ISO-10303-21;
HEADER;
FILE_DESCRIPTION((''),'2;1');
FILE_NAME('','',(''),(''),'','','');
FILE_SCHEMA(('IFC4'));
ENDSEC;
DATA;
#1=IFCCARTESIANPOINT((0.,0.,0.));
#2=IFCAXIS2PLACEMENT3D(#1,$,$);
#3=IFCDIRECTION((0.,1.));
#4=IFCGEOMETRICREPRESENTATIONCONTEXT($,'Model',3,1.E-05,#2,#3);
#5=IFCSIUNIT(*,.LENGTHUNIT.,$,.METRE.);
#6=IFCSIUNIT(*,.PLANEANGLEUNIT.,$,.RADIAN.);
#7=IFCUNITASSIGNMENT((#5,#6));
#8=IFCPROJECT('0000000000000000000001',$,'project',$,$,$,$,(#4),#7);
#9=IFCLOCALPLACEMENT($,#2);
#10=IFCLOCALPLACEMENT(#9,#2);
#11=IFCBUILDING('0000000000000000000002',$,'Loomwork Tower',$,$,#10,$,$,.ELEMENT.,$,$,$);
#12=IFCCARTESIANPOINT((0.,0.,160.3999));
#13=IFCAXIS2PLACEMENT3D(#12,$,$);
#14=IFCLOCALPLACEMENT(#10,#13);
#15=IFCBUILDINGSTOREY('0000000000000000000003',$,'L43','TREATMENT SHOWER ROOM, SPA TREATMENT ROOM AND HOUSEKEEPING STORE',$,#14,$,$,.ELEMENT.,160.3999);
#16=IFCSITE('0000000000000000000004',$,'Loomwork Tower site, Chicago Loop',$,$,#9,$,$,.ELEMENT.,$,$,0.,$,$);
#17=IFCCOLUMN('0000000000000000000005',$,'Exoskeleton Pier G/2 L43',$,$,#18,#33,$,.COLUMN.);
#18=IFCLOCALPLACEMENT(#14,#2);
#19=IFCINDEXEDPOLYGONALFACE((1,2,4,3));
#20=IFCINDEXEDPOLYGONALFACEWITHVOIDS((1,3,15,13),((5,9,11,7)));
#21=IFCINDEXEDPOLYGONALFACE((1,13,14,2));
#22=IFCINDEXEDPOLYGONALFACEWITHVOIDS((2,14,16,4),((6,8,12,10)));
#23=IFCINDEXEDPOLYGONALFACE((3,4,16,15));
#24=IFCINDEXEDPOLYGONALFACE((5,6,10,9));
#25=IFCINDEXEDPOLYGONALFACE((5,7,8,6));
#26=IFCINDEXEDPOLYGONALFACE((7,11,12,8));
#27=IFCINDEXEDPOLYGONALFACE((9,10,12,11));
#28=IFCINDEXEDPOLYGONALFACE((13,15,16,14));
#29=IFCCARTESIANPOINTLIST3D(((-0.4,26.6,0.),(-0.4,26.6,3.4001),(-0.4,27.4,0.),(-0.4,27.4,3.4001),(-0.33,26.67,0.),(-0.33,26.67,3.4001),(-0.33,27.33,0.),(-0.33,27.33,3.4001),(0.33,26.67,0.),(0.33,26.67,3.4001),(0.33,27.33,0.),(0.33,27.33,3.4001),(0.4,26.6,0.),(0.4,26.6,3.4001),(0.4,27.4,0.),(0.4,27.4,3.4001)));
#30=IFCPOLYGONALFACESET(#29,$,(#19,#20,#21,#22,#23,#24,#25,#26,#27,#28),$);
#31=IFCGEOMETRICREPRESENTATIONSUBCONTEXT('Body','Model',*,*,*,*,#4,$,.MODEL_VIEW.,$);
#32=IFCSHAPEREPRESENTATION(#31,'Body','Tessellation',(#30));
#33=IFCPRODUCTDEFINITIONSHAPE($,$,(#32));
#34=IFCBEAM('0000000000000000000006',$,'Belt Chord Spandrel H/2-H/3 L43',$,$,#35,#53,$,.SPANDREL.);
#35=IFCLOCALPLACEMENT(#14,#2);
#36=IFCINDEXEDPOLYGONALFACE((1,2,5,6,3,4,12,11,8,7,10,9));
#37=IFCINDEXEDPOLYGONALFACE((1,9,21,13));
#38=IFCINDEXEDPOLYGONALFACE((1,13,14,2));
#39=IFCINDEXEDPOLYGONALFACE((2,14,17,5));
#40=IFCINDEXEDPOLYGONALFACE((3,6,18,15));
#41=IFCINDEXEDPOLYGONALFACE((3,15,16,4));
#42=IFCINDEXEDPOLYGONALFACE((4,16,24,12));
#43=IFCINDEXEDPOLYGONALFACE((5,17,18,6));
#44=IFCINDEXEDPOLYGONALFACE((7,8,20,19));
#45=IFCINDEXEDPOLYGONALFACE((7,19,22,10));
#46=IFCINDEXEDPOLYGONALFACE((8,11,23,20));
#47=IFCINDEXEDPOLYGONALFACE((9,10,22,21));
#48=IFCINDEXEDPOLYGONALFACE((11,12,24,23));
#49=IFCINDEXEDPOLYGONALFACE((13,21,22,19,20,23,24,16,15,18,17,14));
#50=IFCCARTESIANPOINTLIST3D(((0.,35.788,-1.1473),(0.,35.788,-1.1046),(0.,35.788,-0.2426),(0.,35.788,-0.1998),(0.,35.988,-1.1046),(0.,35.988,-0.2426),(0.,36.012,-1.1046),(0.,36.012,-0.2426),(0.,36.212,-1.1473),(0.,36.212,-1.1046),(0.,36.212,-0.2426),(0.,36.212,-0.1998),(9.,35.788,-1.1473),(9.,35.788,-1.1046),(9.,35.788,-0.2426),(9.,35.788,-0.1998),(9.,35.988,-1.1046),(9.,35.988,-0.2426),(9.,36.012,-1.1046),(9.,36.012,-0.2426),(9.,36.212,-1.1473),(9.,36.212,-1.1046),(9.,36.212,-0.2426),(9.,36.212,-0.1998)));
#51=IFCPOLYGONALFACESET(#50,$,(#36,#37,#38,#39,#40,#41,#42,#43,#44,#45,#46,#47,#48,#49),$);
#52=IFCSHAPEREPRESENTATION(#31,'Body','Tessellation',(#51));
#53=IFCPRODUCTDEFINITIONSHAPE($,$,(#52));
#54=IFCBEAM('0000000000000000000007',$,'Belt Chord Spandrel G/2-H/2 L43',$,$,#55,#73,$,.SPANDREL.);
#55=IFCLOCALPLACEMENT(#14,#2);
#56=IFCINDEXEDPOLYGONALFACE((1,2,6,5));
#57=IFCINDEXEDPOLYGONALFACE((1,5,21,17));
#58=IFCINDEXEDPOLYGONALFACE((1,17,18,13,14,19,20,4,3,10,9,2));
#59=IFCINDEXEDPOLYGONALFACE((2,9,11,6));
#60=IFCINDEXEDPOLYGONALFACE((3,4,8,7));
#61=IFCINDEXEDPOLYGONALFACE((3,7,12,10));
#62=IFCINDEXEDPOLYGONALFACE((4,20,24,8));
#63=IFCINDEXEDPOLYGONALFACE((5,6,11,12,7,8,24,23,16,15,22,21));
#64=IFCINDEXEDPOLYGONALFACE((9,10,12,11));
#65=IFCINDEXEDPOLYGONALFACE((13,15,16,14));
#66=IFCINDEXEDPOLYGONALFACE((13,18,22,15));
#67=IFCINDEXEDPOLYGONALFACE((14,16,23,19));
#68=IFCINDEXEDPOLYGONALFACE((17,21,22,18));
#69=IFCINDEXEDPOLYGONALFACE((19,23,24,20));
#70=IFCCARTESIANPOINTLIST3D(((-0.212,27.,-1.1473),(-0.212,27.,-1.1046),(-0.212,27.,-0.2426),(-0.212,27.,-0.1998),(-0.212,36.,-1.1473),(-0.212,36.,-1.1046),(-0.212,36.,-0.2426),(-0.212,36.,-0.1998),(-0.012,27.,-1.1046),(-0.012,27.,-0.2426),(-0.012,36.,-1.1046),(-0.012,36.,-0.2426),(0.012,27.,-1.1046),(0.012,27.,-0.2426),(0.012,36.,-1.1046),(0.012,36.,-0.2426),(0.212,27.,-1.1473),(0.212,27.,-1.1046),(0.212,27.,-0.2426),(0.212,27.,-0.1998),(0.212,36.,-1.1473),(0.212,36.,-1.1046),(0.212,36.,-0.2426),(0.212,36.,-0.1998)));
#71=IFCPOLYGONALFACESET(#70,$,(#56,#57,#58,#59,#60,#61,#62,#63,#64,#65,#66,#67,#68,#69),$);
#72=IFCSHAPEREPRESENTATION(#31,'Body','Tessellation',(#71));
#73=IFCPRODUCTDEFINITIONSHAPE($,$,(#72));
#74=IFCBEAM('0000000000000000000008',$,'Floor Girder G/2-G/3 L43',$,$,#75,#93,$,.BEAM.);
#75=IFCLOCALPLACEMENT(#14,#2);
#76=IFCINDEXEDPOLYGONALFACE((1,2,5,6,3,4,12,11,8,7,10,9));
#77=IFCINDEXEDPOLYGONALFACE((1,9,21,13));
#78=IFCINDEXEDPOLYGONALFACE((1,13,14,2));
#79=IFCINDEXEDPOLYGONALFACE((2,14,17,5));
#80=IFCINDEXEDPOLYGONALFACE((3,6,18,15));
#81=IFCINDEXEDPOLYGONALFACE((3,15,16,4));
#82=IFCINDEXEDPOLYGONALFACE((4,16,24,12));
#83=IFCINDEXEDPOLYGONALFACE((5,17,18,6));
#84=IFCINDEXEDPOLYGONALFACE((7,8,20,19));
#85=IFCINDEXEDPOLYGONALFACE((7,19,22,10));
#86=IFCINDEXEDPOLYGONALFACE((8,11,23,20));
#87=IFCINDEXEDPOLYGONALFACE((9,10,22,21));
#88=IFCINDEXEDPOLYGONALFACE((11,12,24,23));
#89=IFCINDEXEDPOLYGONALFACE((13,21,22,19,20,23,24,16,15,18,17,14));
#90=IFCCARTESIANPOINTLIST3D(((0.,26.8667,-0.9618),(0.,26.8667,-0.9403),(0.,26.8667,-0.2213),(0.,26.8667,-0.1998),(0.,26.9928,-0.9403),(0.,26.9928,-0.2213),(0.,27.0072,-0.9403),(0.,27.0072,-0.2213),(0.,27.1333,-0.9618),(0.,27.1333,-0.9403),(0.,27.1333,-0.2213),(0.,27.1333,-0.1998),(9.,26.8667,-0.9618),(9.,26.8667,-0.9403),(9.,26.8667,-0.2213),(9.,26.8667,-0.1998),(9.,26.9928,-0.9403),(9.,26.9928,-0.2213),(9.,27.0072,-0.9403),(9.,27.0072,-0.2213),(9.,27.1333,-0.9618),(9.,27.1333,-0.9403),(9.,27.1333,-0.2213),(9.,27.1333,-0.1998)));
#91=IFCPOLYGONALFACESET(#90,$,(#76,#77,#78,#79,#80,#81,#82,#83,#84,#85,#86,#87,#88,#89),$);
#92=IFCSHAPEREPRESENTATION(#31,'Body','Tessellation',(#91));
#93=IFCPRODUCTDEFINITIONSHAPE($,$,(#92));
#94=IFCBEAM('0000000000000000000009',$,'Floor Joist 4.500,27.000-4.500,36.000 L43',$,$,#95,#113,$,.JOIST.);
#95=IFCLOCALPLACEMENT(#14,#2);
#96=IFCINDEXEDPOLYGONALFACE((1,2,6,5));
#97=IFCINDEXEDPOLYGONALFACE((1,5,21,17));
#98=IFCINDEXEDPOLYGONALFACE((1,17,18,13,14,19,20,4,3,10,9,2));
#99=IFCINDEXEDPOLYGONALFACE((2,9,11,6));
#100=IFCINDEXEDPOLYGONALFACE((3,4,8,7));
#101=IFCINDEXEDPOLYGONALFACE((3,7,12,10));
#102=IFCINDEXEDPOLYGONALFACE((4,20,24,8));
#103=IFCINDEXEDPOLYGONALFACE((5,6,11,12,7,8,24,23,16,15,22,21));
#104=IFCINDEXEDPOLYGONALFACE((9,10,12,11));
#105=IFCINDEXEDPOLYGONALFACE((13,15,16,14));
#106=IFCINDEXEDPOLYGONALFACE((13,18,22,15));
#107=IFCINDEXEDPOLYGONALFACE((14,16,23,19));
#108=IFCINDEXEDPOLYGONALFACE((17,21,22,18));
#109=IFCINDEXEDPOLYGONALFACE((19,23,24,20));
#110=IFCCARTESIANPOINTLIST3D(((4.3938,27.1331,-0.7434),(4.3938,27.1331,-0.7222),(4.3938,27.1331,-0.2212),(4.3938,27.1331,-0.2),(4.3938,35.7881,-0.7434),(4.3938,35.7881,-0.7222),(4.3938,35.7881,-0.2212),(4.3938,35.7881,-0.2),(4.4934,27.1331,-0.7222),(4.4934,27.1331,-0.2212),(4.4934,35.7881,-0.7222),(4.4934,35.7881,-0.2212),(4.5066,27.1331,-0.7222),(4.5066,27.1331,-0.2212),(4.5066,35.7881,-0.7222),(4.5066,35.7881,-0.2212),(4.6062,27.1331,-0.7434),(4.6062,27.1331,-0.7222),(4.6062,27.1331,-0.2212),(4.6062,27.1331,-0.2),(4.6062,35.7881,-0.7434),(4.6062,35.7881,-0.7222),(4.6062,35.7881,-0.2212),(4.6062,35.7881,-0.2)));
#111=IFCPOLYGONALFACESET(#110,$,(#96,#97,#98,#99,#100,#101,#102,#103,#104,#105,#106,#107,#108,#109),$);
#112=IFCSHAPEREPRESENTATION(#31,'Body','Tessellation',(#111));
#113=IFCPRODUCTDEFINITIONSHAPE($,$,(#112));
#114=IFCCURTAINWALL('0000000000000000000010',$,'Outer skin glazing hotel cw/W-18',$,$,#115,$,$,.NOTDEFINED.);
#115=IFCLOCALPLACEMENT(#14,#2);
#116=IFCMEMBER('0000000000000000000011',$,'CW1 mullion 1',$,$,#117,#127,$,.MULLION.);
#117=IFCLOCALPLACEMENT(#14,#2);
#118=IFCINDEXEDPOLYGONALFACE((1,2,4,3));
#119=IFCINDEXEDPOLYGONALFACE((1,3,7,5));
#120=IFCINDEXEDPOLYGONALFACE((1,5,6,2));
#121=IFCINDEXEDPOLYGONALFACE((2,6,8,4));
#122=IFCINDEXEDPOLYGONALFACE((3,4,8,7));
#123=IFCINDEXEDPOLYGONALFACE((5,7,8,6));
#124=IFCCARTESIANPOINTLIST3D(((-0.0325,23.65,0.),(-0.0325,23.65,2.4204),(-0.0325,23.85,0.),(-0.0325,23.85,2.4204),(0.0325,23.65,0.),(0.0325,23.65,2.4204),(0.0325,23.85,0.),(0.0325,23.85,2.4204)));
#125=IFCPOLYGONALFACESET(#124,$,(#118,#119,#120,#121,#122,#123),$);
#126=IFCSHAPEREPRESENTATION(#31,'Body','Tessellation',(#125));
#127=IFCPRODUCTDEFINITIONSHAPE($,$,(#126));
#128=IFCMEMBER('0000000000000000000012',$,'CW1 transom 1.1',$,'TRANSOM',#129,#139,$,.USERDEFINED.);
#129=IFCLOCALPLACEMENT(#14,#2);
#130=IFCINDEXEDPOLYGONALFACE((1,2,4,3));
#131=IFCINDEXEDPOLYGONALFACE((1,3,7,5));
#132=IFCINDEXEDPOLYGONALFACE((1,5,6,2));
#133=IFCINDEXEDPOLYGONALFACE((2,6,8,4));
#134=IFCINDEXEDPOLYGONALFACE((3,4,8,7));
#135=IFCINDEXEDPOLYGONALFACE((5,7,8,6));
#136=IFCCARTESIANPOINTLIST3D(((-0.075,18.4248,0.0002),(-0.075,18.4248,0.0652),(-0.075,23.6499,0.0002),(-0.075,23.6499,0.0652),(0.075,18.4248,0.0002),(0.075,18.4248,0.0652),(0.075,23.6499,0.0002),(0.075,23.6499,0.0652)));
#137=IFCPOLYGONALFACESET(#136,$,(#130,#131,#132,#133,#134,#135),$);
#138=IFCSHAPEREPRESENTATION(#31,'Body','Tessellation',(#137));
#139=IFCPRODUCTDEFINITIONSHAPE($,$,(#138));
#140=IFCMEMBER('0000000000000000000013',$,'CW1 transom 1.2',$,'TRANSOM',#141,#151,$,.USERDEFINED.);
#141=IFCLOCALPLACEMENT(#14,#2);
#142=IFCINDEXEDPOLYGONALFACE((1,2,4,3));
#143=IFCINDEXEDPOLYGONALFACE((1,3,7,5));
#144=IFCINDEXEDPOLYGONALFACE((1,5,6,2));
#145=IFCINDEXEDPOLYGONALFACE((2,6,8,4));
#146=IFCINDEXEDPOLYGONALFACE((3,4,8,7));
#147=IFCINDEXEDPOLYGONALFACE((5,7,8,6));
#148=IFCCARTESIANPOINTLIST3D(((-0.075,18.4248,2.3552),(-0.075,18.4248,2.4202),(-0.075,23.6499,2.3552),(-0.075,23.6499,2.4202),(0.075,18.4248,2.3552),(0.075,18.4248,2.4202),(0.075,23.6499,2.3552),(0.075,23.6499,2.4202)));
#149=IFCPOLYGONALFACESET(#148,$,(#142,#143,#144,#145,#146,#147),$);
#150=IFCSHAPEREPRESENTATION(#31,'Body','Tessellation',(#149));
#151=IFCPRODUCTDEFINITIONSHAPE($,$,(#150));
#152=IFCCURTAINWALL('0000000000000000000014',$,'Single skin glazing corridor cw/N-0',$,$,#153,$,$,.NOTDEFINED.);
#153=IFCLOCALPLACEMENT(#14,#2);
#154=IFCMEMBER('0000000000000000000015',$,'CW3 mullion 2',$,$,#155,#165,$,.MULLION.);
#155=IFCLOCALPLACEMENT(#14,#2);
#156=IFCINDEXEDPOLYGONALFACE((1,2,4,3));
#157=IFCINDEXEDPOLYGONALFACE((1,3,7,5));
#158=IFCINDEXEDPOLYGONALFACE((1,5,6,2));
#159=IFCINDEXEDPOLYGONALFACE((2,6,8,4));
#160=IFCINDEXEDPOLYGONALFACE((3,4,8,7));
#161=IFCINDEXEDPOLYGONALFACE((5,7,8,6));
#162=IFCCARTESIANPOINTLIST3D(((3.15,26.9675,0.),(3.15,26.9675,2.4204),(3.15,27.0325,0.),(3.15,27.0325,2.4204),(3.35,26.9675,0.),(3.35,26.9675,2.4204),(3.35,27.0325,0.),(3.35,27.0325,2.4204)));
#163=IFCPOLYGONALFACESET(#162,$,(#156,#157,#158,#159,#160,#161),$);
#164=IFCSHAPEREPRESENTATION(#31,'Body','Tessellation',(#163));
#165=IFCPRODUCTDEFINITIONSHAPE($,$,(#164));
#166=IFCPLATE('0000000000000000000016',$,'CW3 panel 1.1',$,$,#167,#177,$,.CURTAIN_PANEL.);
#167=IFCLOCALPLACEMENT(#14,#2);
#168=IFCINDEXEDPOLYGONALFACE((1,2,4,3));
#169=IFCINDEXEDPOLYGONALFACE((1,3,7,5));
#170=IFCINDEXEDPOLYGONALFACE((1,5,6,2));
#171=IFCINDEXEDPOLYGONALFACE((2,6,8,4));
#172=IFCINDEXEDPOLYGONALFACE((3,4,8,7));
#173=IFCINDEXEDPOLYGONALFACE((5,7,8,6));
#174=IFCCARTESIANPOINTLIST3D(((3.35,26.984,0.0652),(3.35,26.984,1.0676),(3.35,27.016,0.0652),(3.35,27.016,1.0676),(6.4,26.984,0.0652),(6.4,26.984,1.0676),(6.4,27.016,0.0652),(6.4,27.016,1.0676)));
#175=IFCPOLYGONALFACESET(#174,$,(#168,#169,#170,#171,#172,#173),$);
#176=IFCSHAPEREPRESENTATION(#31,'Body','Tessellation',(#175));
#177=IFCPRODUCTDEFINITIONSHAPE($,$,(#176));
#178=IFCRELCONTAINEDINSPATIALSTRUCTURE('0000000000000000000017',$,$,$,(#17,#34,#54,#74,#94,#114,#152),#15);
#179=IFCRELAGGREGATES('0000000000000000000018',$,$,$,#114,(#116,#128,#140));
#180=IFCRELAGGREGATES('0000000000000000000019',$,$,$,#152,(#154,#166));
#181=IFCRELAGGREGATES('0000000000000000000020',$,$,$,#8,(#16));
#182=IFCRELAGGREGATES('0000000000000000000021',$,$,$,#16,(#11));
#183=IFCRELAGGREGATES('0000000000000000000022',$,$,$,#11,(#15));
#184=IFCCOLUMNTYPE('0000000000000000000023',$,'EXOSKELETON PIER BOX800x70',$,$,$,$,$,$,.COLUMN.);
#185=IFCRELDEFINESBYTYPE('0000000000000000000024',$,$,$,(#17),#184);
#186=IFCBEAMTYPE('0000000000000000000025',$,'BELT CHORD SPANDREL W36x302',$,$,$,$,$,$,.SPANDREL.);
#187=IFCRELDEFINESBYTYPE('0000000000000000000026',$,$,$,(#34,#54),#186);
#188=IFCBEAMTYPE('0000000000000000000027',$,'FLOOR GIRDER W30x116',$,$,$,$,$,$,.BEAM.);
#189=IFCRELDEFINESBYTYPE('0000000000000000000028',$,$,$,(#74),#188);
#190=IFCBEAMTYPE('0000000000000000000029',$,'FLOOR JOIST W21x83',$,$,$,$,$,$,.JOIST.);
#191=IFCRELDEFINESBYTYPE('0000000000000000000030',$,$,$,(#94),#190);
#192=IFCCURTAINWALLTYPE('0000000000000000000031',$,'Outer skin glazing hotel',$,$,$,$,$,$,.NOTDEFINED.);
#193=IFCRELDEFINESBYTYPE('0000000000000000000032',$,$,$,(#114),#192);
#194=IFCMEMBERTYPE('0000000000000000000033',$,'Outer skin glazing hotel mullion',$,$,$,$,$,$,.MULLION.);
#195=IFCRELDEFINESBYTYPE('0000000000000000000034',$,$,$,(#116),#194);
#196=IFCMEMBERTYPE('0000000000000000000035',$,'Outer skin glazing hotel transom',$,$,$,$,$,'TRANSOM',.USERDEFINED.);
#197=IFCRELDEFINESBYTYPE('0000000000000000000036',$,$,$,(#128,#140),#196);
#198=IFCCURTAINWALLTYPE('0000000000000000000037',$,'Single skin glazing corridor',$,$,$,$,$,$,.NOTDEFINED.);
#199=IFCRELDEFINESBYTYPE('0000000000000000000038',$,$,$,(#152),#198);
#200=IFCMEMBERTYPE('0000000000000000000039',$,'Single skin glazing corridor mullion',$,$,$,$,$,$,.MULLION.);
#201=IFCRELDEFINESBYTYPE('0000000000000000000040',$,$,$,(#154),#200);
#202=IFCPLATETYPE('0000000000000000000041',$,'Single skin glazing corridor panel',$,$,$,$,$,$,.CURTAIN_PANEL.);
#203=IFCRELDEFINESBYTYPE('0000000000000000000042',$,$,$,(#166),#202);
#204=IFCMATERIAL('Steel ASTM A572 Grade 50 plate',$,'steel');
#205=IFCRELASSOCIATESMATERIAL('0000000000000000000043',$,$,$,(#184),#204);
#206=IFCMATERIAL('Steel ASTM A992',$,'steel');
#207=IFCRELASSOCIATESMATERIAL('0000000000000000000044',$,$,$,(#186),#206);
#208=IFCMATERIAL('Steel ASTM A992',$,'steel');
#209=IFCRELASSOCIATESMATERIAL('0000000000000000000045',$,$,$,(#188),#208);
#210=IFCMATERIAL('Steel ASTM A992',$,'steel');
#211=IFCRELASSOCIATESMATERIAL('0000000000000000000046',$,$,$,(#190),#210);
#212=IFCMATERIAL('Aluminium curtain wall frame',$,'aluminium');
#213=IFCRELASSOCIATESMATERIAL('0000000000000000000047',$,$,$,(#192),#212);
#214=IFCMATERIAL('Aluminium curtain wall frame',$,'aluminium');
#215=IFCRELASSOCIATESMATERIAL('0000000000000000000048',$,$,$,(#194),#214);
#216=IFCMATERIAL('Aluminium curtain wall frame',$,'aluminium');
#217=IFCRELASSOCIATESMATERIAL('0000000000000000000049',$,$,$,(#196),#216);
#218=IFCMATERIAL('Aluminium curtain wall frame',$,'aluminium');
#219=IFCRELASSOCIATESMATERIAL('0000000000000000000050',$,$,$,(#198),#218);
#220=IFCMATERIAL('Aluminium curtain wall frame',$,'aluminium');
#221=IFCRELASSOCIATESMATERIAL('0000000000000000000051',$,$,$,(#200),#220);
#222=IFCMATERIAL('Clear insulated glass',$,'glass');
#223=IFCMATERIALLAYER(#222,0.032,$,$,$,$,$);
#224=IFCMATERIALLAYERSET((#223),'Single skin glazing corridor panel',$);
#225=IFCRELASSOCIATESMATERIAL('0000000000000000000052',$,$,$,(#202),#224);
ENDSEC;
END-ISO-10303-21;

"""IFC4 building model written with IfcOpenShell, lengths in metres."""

from ifc_helpers import new_model, si_unit, direction, frame, origin, origin_2d, place, context, subcontext, project, spatial, rectangle, hollow_rectangle, i_section, extrude, material, layer, layer_set, material_profile, profile_set, type_object, element, aggregate, save


model = new_model("IFC4")

# Units and contexts
model_context = context("Model", 3, precision=1e-05, world=origin(), true_north=direction((0.0, 1.0)))
body_context = subcontext(model_context, "Body", "Model", "MODEL_VIEW")
ifc_project = project(units=[si_unit("LENGTHUNIT", "METRE"), si_unit("PLANEANGLEUNIT", "RADIAN")], contexts=[model_context])

# Site, building, storey
site_placement = place(None, origin())
site = spatial("IfcSite", under=ifc_project, at=site_placement, Name="Loomwork Tower site, Chicago Loop", CompositionType="ELEMENT", RefElevation=0.0)
building_placement = place(site_placement, origin())
building = spatial("IfcBuilding", under=site, at=building_placement, Name="Loomwork Tower", CompositionType="ELEMENT")
storey_placement = place(building_placement, frame((0.0, 0.0, 160.3999)))
storey = spatial("IfcBuildingStorey", under=building, at=storey_placement, Name="L43", Description="TREATMENT SHOWER ROOM, SPA TREATMENT ROOM AND HOUSEKEEPING STORE", CompositionType="ELEMENT", Elevation=160.3999)

# Column
ifc_material_1 = material(Name="Steel ASTM A572 Grade 50 plate", Category="steel")
ifc_material_profile_1 = material_profile(ifc_material_1, hollow_rectangle(XDim=0.8, YDim=0.8, WallThickness=0.0701, at=origin_2d()), Name="BOX800x70")
ifc_profile_set_1 = profile_set([ifc_material_profile_1], Name="Steel ASTM A572 Grade 50 plate")
column_type = type_object("IfcColumnType", Name="EXOSKELETON PIER BOX800x70", PredefinedType="COLUMN", material=ifc_profile_set_1)
column_placement = place(storey_placement, frame((0.0, 27.0, 0.0), z_axis=(0.0, 0.0, 1.0), x_axis=(0.0, 1.0, 0.0)))
element("IfcColumn", 1, at=column_placement, inside=storey, type_object=column_type, Name="Exoskeleton Pier G/2 L43", PredefinedType="COLUMN", context=body_context, shape_type="SweptSolid", body=[
    extrude(hollow_rectangle(XDim=0.8, YDim=0.8, WallThickness=0.0701, at=origin_2d()), origin(), (0.0, 0.0, 1.0), 3.4001),
])

# Beams
ifc_material_2 = material(Name="Steel ASTM A992", Category="steel")
ifc_material_profile_2 = material_profile(ifc_material_2, i_section(OverallWidth=0.4241, OverallDepth=0.9475, WebThickness=0.0239, FlangeThickness=0.0427, at=origin_2d()), Name="W36x302")
ifc_profile_set_2 = profile_set([ifc_material_profile_2], Name="Steel ASTM A992")
beam_type_1 = type_object("IfcBeamType", Name="BELT CHORD SPANDREL W36x302", PredefinedType="SPANDREL", material=ifc_profile_set_2)
for number, where, z_axis, x_axis, name in (
    (2, (0.0, 36.0, -0.6736), (1.0, 0.0, 0.0), (0.0, 1.0, 0.0), "Belt Chord Spandrel H/2-H/3 L43"),
    (3, (0.0, 27.0, -0.6736), (0.0, 1.0, 0.0), (-1.0, 0.0, 0.0), "Belt Chord Spandrel G/2-H/2 L43"),
):
    element("IfcBeam", number, at=place(storey_placement, frame(where, z_axis=z_axis, x_axis=x_axis)), inside=storey, type_object=beam_type_1, Name=name, PredefinedType="SPANDREL", context=body_context, shape_type="SweptSolid", body=[
        extrude(i_section(OverallWidth=0.4241, OverallDepth=0.9475, WebThickness=0.0239, FlangeThickness=0.0427, at=origin_2d()), origin(), (0.0, 0.0, 1.0), 9.0),
    ])
ifc_material_3 = material(Name="Steel ASTM A992", Category="steel")
ifc_material_profile_3 = material_profile(ifc_material_3, i_section(OverallWidth=0.2666, OverallDepth=0.762, WebThickness=0.0144, FlangeThickness=0.0215, at=origin_2d()), Name="W30x116")
ifc_profile_set_3 = profile_set([ifc_material_profile_3], Name="Steel ASTM A992")
beam_type_2 = type_object("IfcBeamType", Name="FLOOR GIRDER W30x116", PredefinedType="BEAM", material=ifc_profile_set_3)
beam_1_placement = place(storey_placement, frame((0.0, 27.0, -0.5808), z_axis=(1.0, 0.0, 0.0), x_axis=(0.0, 1.0, 0.0)))
element("IfcBeam", 4, at=beam_1_placement, inside=storey, type_object=beam_type_2, Name="Floor Girder G/2-G/3 L43", PredefinedType="BEAM", context=body_context, shape_type="SweptSolid", body=[
    extrude(i_section(OverallWidth=0.2666, OverallDepth=0.762, WebThickness=0.0144, FlangeThickness=0.0215, at=origin_2d()), origin(), (0.0, 0.0, 1.0), 9.0),
])
ifc_material_4 = material(Name="Steel ASTM A992", Category="steel")
ifc_material_profile_4 = material_profile(ifc_material_4, i_section(OverallWidth=0.2124, OverallDepth=0.5435, WebThickness=0.0132, FlangeThickness=0.0212, at=origin_2d()), Name="W21x83")
ifc_profile_set_4 = profile_set([ifc_material_profile_4], Name="Steel ASTM A992")
beam_type_3 = type_object("IfcBeamType", Name="FLOOR JOIST W21x83", PredefinedType="JOIST", material=ifc_profile_set_4)
beam_2_placement = place(storey_placement, frame((4.5, 27.1331, -0.4717), z_axis=(0.0, 1.0, 0.0), x_axis=(-1.0, 0.0, 0.0)))
element("IfcBeam", 5, at=beam_2_placement, inside=storey, type_object=beam_type_3, Name="Floor Joist 4.500,27.000-4.500,36.000 L43", PredefinedType="JOIST", context=body_context, shape_type="SweptSolid", body=[
    extrude(i_section(OverallWidth=0.2124, OverallDepth=0.5435, WebThickness=0.0132, FlangeThickness=0.0212, at=origin_2d()), origin(), (0.0, 0.0, 1.0), 8.655),
])

# Curtain wall, members
ifc_material_5 = material(Name="Aluminium curtain wall frame", Category="aluminium")
curtain_wall_type_1 = type_object("IfcCurtainWallType", Name="Outer skin glazing hotel", PredefinedType="NOTDEFINED", material=ifc_material_5)
curtain_wall_1_placement = place(storey_placement, origin())
curtain_wall_1 = element("IfcCurtainWall", 6, at=curtain_wall_1_placement, inside=storey, type_object=curtain_wall_type_1, Name="Outer skin glazing hotel cw/W-18", PredefinedType="NOTDEFINED")
ifc_material_6 = material(Name="Aluminium curtain wall frame", Category="aluminium")
ifc_material_profile_5 = material_profile(ifc_material_6, rectangle(XDim=0.0649, YDim=0.2, at=origin_2d()), Name="AL 65x200")
ifc_profile_set_5 = profile_set([ifc_material_profile_5], Name="Aluminium curtain wall frame")
member_type_1 = type_object("IfcMemberType", Name="Outer skin glazing hotel mullion", PredefinedType="MULLION", material=ifc_profile_set_5)
member_1_placement = place(storey_placement, frame((0.0, 23.75, 0.0), z_axis=(0.0, 0.0, 1.0), x_axis=(1.0, 0.0, 0.0)))
member_1 = element("IfcMember", 7, at=member_1_placement, type_object=member_type_1, Name="CW1 mullion 1", PredefinedType="MULLION", context=body_context, shape_type="SweptSolid", body=[
    extrude(rectangle(XDim=0.0649, YDim=0.2, at=origin_2d()), origin(), (0.0, 0.0, 1.0), 2.4204),
])
ifc_material_7 = material(Name="Aluminium curtain wall frame", Category="aluminium")
ifc_material_profile_6 = material_profile(ifc_material_7, rectangle(XDim=0.1499, YDim=0.0649, at=origin_2d()), Name="AL 65x150")
ifc_profile_set_6 = profile_set([ifc_material_profile_6], Name="Aluminium curtain wall frame")
member_type_2 = type_object("IfcMemberType", Name="Outer skin glazing hotel transom", ElementType="TRANSOM", PredefinedType="USERDEFINED", material=ifc_profile_set_6)
member_2_placement = place(storey_placement, frame((0.0, 23.6499, 0.0327), z_axis=(0.0, -1.0, 0.0), x_axis=(1.0, 0.0, 0.0)))
member_2 = element("IfcMember", 8, at=member_2_placement, type_object=member_type_2, Name="CW1 transom 1.1", ObjectType="TRANSOM", PredefinedType="USERDEFINED", context=body_context, shape_type="SweptSolid", body=[
    extrude(rectangle(XDim=0.1499, YDim=0.0649, at=origin_2d()), origin(), (0.0, 0.0, 1.0), 5.2251),
])
member_3_placement = place(storey_placement, frame((0.0, 23.6499, 2.3877), z_axis=(0.0, -1.0, 0.0), x_axis=(1.0, 0.0, 0.0)))
member_3 = element("IfcMember", 9, at=member_3_placement, type_object=member_type_2, Name="CW1 transom 1.2", ObjectType="TRANSOM", PredefinedType="USERDEFINED", context=body_context, shape_type="SweptSolid", body=[
    extrude(rectangle(XDim=0.1499, YDim=0.0649, at=origin_2d()), origin(), (0.0, 0.0, 1.0), 5.2251),
])
aggregate(curtain_wall_1, [member_1, member_2, member_3])

# Curtain wall, member, plate
ifc_material_8 = material(Name="Aluminium curtain wall frame", Category="aluminium")
curtain_wall_type_2 = type_object("IfcCurtainWallType", Name="Single skin glazing corridor", PredefinedType="NOTDEFINED", material=ifc_material_8)
curtain_wall_2_placement = place(storey_placement, origin())
curtain_wall_2 = element("IfcCurtainWall", 10, at=curtain_wall_2_placement, inside=storey, type_object=curtain_wall_type_2, Name="Single skin glazing corridor cw/N-0", PredefinedType="NOTDEFINED")
ifc_material_9 = material(Name="Aluminium curtain wall frame", Category="aluminium")
ifc_material_profile_7 = material_profile(ifc_material_9, rectangle(XDim=0.0649, YDim=0.2, at=origin_2d()), Name="AL 65x200")
ifc_profile_set_7 = profile_set([ifc_material_profile_7], Name="Aluminium curtain wall frame")
member_type_3 = type_object("IfcMemberType", Name="Single skin glazing corridor mullion", PredefinedType="MULLION", material=ifc_profile_set_7)
member_4_placement = place(storey_placement, frame((3.25, 27.0, 0.0), z_axis=(0.0, 0.0, 1.0), x_axis=(0.0, -1.0, 0.0)))
member_4 = element("IfcMember", 11, at=member_4_placement, type_object=member_type_3, Name="CW3 mullion 2", PredefinedType="MULLION", context=body_context, shape_type="SweptSolid", body=[
    extrude(rectangle(XDim=0.0649, YDim=0.2, at=origin_2d()), origin(), (0.0, 0.0, 1.0), 2.4204),
])
ifc_material_10 = material(Name="Clear insulated glass", Category="glass")
ifc_layer_1 = layer(ifc_material_10, 0.032)
ifc_layer_set_1 = layer_set([ifc_layer_1], Name="Single skin glazing corridor panel")
plate_type = type_object("IfcPlateType", Name="Single skin glazing corridor panel", PredefinedType="CURTAIN_PANEL", material=ifc_layer_set_1)
plate_1_placement = place(storey_placement, frame((4.875, 27.0, 0.0652), z_axis=(0.0, 0.0, 1.0), x_axis=(-1.0, 0.0, 0.0)))
plate_1 = element("IfcPlate", 12, at=plate_1_placement, type_object=plate_type, Name="CW3 panel 1.1", PredefinedType="CURTAIN_PANEL", context=body_context, shape_type="SweptSolid", body=[
    extrude(rectangle(XDim=3.05, YDim=0.032, at=origin_2d()), origin(), (0.0, 0.0, 1.0), 1.0024),
])
aggregate(curtain_wall_2, [member_4, plate_1])

save(model, "model.ifc")
